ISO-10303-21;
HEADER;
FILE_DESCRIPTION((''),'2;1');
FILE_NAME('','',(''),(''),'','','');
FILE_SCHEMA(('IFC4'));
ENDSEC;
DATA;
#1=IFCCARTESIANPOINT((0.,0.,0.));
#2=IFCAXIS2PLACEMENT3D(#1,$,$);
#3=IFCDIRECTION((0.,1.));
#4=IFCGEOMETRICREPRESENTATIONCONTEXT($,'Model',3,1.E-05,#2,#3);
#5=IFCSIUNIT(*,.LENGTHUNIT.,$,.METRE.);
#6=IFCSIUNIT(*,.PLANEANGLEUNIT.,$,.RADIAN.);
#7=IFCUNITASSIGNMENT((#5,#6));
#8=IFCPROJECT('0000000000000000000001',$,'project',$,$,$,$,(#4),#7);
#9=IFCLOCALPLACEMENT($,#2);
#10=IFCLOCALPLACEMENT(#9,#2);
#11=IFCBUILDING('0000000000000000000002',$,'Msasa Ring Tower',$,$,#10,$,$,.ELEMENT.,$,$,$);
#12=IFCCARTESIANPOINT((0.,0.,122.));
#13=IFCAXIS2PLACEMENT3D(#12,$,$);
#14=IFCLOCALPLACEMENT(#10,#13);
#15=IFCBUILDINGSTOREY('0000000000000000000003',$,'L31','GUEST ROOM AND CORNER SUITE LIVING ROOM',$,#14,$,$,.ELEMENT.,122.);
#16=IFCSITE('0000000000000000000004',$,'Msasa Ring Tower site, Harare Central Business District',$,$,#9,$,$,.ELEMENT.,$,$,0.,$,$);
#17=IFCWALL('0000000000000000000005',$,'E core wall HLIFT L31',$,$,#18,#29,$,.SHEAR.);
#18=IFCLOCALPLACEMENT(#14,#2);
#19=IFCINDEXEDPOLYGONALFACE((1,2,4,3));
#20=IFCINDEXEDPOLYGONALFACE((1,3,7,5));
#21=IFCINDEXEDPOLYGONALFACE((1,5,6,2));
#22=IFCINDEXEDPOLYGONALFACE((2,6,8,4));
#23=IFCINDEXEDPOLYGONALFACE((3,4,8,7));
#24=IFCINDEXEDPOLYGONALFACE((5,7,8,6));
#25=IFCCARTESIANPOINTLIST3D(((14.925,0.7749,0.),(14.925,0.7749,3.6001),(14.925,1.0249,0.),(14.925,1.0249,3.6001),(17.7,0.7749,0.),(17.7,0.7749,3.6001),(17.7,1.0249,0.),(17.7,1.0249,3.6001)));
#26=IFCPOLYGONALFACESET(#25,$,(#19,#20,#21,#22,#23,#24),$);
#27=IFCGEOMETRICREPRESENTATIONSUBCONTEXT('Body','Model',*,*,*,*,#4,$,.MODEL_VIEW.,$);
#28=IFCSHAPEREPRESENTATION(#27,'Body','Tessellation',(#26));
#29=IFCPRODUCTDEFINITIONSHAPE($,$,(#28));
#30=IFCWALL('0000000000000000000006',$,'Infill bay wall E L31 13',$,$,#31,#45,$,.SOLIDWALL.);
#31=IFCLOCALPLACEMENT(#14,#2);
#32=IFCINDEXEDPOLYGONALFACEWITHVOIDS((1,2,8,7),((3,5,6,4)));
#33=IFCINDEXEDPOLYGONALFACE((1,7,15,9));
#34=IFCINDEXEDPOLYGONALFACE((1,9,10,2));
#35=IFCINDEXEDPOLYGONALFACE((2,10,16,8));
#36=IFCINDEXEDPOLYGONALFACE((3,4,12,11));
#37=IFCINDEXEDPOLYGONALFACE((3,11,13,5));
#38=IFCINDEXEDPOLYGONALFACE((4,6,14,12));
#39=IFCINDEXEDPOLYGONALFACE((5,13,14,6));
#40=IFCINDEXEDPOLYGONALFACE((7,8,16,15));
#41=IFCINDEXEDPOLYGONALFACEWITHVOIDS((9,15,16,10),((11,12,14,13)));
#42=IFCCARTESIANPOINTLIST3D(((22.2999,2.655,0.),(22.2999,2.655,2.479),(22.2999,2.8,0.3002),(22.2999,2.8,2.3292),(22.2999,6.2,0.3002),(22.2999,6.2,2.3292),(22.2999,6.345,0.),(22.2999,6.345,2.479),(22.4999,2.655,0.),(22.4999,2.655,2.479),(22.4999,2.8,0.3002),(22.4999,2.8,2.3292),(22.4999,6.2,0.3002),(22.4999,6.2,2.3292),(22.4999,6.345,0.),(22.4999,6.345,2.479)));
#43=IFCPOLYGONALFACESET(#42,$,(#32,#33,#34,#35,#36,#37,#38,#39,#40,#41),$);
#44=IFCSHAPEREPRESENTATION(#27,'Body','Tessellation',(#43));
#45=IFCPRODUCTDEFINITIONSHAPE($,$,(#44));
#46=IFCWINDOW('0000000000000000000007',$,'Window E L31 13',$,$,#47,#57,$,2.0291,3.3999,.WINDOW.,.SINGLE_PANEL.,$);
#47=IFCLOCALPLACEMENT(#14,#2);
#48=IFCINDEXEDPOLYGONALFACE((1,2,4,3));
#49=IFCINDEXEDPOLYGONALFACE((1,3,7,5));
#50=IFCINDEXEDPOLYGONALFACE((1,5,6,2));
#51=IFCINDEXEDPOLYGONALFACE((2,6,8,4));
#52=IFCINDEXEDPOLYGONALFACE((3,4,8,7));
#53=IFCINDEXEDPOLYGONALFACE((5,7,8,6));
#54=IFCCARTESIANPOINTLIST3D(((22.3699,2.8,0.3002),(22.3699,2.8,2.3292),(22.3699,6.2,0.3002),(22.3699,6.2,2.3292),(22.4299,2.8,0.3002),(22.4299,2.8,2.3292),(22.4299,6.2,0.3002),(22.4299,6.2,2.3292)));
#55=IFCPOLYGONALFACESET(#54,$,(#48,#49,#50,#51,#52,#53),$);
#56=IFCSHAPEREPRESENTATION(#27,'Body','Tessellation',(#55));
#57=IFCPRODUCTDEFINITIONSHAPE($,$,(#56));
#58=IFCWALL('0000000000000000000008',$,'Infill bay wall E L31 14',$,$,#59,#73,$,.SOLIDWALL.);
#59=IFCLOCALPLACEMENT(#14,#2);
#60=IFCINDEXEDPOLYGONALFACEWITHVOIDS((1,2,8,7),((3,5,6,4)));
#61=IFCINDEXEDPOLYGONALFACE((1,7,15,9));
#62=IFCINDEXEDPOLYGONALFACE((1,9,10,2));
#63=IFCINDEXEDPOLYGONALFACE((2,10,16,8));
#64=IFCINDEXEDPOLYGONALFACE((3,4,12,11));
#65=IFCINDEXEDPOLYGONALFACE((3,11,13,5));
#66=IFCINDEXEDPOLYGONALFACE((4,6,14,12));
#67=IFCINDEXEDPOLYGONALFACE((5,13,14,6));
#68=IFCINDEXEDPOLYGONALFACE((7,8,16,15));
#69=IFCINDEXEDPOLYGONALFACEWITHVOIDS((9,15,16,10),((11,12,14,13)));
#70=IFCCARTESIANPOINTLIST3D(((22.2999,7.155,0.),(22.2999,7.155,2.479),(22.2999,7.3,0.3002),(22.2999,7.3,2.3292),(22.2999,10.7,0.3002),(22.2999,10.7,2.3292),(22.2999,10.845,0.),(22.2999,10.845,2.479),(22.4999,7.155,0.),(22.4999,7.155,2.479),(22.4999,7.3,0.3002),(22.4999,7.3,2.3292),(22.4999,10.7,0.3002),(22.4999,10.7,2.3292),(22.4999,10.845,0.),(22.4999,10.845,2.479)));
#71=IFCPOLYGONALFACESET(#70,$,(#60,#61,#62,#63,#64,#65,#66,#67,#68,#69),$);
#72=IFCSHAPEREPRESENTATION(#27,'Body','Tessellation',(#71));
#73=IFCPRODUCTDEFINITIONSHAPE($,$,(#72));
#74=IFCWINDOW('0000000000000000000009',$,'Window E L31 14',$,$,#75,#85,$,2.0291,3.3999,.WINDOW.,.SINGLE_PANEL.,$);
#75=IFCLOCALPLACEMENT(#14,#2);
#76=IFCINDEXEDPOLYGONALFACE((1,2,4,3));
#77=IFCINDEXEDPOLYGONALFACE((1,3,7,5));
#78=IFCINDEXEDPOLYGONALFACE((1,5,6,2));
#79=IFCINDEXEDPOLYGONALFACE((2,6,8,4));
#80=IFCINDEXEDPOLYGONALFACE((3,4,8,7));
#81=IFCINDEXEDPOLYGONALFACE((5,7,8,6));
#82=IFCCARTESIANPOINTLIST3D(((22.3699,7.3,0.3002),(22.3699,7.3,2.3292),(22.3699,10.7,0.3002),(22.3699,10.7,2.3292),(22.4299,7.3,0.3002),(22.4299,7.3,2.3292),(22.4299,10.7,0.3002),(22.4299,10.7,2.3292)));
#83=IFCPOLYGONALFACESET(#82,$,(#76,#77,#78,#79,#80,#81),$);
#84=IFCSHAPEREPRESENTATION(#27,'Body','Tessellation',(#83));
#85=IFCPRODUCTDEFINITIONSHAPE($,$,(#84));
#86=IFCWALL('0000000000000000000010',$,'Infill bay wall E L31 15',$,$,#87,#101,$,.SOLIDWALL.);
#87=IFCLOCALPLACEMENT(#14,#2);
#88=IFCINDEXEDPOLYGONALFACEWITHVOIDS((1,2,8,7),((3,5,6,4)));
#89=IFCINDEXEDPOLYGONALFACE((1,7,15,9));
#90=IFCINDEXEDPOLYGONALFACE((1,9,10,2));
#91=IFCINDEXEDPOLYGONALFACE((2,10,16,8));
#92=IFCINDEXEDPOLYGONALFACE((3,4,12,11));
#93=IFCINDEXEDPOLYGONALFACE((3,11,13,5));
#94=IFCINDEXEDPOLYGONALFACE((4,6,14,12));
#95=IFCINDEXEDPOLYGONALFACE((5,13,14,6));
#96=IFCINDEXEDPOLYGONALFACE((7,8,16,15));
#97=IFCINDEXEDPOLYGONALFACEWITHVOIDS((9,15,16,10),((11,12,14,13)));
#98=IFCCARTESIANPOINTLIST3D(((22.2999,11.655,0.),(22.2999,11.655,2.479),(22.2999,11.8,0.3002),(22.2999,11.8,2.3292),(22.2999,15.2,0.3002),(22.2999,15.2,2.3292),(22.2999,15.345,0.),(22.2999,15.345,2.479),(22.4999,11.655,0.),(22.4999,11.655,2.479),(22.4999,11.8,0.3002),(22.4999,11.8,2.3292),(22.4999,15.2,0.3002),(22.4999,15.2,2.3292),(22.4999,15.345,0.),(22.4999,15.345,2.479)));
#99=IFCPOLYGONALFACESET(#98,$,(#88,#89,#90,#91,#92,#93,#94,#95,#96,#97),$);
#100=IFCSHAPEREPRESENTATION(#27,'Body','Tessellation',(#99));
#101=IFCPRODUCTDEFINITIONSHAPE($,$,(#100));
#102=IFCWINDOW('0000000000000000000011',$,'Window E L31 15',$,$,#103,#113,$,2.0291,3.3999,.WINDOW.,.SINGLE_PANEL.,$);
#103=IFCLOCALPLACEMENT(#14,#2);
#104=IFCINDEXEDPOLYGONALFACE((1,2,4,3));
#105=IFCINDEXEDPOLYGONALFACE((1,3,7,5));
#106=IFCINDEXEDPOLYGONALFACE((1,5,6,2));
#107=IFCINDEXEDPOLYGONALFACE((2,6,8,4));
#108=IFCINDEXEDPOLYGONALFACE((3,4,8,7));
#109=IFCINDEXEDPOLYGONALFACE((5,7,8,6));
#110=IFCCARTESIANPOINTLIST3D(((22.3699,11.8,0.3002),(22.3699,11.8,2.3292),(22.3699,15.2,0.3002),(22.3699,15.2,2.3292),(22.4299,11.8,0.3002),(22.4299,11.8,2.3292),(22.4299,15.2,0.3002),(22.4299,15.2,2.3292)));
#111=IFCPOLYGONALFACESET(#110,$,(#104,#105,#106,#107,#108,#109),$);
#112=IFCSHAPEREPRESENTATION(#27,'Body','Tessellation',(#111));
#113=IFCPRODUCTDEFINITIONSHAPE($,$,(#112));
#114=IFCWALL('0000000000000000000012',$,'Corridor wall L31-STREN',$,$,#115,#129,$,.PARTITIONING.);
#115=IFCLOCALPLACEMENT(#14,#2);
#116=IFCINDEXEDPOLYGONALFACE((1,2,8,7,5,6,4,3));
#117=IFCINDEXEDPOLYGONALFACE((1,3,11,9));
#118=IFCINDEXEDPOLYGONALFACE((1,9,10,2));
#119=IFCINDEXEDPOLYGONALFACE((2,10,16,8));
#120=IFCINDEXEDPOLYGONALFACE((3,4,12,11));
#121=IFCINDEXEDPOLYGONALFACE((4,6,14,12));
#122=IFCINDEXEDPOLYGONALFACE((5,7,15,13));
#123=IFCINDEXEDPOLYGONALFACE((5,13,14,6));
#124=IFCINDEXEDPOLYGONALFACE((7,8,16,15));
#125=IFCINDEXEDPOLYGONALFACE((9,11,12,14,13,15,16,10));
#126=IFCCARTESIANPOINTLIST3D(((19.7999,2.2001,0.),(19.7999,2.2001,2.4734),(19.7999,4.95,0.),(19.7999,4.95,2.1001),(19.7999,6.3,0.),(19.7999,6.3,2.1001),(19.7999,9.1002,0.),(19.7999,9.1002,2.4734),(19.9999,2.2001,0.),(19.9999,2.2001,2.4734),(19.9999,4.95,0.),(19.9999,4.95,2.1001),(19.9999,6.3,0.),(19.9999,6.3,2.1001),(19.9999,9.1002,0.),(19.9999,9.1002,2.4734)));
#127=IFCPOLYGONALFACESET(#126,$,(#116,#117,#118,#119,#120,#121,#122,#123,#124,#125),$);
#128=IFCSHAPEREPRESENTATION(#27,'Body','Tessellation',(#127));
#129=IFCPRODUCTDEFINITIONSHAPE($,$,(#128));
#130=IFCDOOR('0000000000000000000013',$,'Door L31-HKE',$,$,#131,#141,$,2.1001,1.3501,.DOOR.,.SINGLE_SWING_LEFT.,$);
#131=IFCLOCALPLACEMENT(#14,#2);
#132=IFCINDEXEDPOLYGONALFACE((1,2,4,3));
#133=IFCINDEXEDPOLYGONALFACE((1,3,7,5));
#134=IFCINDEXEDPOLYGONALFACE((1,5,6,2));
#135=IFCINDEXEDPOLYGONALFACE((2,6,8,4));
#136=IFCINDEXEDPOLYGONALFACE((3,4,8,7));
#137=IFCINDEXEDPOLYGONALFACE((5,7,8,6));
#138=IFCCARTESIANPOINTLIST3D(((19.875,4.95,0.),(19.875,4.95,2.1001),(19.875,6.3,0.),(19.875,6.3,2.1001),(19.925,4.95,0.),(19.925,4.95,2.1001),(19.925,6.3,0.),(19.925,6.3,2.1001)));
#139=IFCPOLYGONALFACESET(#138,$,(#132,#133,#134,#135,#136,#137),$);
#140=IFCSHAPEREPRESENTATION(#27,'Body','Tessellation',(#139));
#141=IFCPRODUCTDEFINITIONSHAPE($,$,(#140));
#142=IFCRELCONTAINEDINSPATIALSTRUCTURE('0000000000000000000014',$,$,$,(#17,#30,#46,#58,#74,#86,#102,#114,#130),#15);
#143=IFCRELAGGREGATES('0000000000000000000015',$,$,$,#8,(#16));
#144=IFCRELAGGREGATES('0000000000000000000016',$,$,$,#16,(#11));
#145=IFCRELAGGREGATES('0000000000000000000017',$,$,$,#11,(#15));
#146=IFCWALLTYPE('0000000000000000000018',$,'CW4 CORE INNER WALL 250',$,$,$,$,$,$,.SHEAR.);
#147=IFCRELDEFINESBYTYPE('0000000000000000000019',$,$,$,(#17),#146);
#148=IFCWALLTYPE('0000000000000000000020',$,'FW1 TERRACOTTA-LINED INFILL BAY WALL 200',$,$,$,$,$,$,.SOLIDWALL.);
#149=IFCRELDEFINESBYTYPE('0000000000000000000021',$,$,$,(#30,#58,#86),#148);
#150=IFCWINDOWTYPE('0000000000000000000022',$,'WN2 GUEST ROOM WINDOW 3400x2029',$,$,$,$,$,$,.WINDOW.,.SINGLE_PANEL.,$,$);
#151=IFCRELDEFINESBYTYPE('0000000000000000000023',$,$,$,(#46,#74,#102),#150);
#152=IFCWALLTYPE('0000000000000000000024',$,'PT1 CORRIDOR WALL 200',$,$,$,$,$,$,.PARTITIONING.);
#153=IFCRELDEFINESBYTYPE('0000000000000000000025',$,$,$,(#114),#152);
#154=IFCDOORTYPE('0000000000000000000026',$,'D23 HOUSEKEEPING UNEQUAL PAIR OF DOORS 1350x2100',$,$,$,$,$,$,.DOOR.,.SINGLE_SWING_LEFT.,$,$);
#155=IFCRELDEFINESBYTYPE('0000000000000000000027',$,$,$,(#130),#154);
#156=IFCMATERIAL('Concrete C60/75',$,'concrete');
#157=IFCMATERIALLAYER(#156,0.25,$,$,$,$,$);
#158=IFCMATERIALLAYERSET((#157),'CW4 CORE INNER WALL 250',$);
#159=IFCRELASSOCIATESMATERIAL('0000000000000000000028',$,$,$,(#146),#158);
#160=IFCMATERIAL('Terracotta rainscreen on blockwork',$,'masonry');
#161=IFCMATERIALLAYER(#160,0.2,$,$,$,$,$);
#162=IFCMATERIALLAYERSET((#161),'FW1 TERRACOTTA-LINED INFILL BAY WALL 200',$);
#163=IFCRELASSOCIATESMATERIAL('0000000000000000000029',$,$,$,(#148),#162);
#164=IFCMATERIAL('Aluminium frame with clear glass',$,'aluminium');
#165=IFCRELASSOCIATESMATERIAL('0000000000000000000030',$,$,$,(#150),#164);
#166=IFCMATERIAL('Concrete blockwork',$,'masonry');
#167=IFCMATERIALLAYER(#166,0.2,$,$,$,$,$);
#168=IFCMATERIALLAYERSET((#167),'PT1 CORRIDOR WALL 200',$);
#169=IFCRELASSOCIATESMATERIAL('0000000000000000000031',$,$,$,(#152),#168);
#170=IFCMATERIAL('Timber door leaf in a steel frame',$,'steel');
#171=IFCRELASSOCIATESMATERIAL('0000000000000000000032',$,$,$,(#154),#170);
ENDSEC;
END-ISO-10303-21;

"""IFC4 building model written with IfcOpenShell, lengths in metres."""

from ifc_helpers import new_model, si_unit, direction, frame, frame_2d, origin, place, context, subcontext, project, spatial, rectangle, extrude, material, layer, layer_set, type_object, element, fill, save


model = new_model("IFC4")

# Units and contexts
model_context = context("Model", 3, precision=1e-05, world=origin(), true_north=direction((0.0, 1.0)))
body_context = subcontext(model_context, "Body", "Model", "MODEL_VIEW")
ifc_project = project(units=[si_unit("LENGTHUNIT", "METRE"), si_unit("PLANEANGLEUNIT", "RADIAN")], contexts=[model_context])

# Site, building, storey
site_placement = place(None, origin())
site = spatial("IfcSite", under=ifc_project, at=site_placement, Name="Msasa Ring Tower site, Harare Central Business District", CompositionType="ELEMENT", RefElevation=0.0)
building_placement = place(site_placement, origin())
building = spatial("IfcBuilding", under=site, at=building_placement, Name="Msasa Ring Tower", CompositionType="ELEMENT")
storey_placement = place(building_placement, frame((0.0, 0.0, 122.0)))
storey = spatial("IfcBuildingStorey", under=building, at=storey_placement, Name="L31", Description="GUEST ROOM AND CORNER SUITE LIVING ROOM", CompositionType="ELEMENT", Elevation=122.0)

# Wall
ifc_material_1 = material(Name="Concrete C60/75", Category="concrete")
ifc_layer_1 = layer(ifc_material_1, 0.25)
ifc_layer_set_1 = layer_set([ifc_layer_1], Name="CW4 CORE INNER WALL 250")
wall_type_1 = type_object("IfcWallType", Name="CW4 CORE INNER WALL 250", PredefinedType="SHEAR", material=ifc_layer_set_1)
wall_1_placement = place(storey_placement, frame((14.925, 0.8999, 0.0), z_axis=(0.0, 0.0, 1.0), x_axis=(1.0, 0.0, 0.0)))
element("IfcWall", 1, at=wall_1_placement, inside=storey, type_object=wall_type_1, Name="E core wall HLIFT L31", PredefinedType="SHEAR", context=body_context, shape_type="SweptSolid", body=[
    extrude(rectangle(XDim=2.7749, YDim=0.25, at=frame_2d((1.3875, 0.0))), origin(), (0.0, 0.0, 1.0), 3.6001),
])

# Walls, openings, windows
ifc_material_2 = material(Name="Terracotta rainscreen on blockwork", Category="masonry")
ifc_layer_2 = layer(ifc_material_2, 0.2)
ifc_layer_set_2 = layer_set([ifc_layer_2], Name="FW1 TERRACOTTA-LINED INFILL BAY WALL 200")
wall_type_2 = type_object("IfcWallType", Name="FW1 TERRACOTTA-LINED INFILL BAY WALL 200", PredefinedType="SOLIDWALL", material=ifc_layer_set_2)
wall_2_placement = place(storey_placement, frame((22.3999, 2.655, 0.0), z_axis=(0.0, 0.0, 1.0), x_axis=(0.0, 1.0, 0.0)))
wall_2 = element("IfcWall", 2, at=wall_2_placement, inside=storey, type_object=wall_type_2, Name="Infill bay wall E L31 13", PredefinedType="SOLIDWALL", context=body_context, shape_type="SweptSolid", body=[
    extrude(rectangle(XDim=3.6899, YDim=0.2, at=frame_2d((1.845, 0.0))), origin(), (0.0, 0.0, 1.0), 2.479),
])
opening_1_placement = place(wall_2_placement, frame((0.145, 0.0, 0.3)))
opening_1 = element("IfcOpeningElement", 3, at=opening_1_placement, cuts=wall_2, PredefinedType="OPENING", context=body_context, shape_type="SweptSolid", body=[
    extrude(rectangle(XDim=3.3999, YDim=2.0291, at=frame_2d((1.7, 1.0146))), frame((0.0, 0.1099, 0.0), z_axis=(0.0, -1.0, 0.0), x_axis=(1.0, 0.0, 0.0)), (0.0, 0.0, 1.0), 0.22),
])
ifc_material_3 = material(Name="Aluminium frame with clear glass", Category="aluminium")
window_type = type_object("IfcWindowType", Name="WN2 GUEST ROOM WINDOW 3400x2029", PartitioningType="SINGLE_PANEL", PredefinedType="WINDOW", material=ifc_material_3)
window_1_placement = place(opening_1_placement, origin())
window_1 = element("IfcWindow", 4, at=window_1_placement, inside=storey, type_object=window_type, Name="Window E L31 13", OverallHeight=2.0291, OverallWidth=3.3999, PartitioningType="SINGLE_PANEL", PredefinedType="WINDOW", context=body_context, shape_type="SweptSolid", body=[
    extrude(rectangle(XDim=3.3999, YDim=2.0291, at=frame_2d((1.7, 1.0146))), frame((0.0, 0.03, 0.0), z_axis=(0.0, -1.0, 0.0), x_axis=(1.0, 0.0, 0.0)), (0.0, 0.0, 1.0), 0.0601),
])
fill(opening_1, window_1)
wall_3_placement = place(storey_placement, frame((22.3999, 7.155, 0.0), z_axis=(0.0, 0.0, 1.0), x_axis=(0.0, 1.0, 0.0)))
wall_3 = element("IfcWall", 5, at=wall_3_placement, inside=storey, type_object=wall_type_2, Name="Infill bay wall E L31 14", PredefinedType="SOLIDWALL", context=body_context, shape_type="SweptSolid", body=[
    extrude(rectangle(XDim=3.6899, YDim=0.2, at=frame_2d((1.845, 0.0))), origin(), (0.0, 0.0, 1.0), 2.479),
])
opening_2_placement = place(wall_3_placement, frame((0.145, 0.0, 0.3)))
opening_2 = element("IfcOpeningElement", 6, at=opening_2_placement, cuts=wall_3, PredefinedType="OPENING", context=body_context, shape_type="SweptSolid", body=[
    extrude(rectangle(XDim=3.3999, YDim=2.0291, at=frame_2d((1.7, 1.0146))), frame((0.0, 0.1099, 0.0), z_axis=(0.0, -1.0, 0.0), x_axis=(1.0, 0.0, 0.0)), (0.0, 0.0, 1.0), 0.22),
])
window_2_placement = place(opening_2_placement, origin())
window_2 = element("IfcWindow", 7, at=window_2_placement, inside=storey, type_object=window_type, Name="Window E L31 14", OverallHeight=2.0291, OverallWidth=3.3999, PartitioningType="SINGLE_PANEL", PredefinedType="WINDOW", context=body_context, shape_type="SweptSolid", body=[
    extrude(rectangle(XDim=3.3999, YDim=2.0291, at=frame_2d((1.7, 1.0146))), frame((0.0, 0.03, 0.0), z_axis=(0.0, -1.0, 0.0), x_axis=(1.0, 0.0, 0.0)), (0.0, 0.0, 1.0), 0.0601),
])
fill(opening_2, window_2)
wall_4_placement = place(storey_placement, frame((22.3999, 11.655, 0.0), z_axis=(0.0, 0.0, 1.0), x_axis=(0.0, 1.0, 0.0)))
wall_4 = element("IfcWall", 8, at=wall_4_placement, inside=storey, type_object=wall_type_2, Name="Infill bay wall E L31 15", PredefinedType="SOLIDWALL", context=body_context, shape_type="SweptSolid", body=[
    extrude(rectangle(XDim=3.6899, YDim=0.2, at=frame_2d((1.845, 0.0))), origin(), (0.0, 0.0, 1.0), 2.479),
])
opening_3_placement = place(wall_4_placement, frame((0.145, 0.0, 0.3)))
opening_3 = element("IfcOpeningElement", 9, at=opening_3_placement, cuts=wall_4, PredefinedType="OPENING", context=body_context, shape_type="SweptSolid", body=[
    extrude(rectangle(XDim=3.3999, YDim=2.0291, at=frame_2d((1.7, 1.0146))), frame((0.0, 0.1099, 0.0), z_axis=(0.0, -1.0, 0.0), x_axis=(1.0, 0.0, 0.0)), (0.0, 0.0, 1.0), 0.22),
])
window_3_placement = place(opening_3_placement, origin())
window_3 = element("IfcWindow", 10, at=window_3_placement, inside=storey, type_object=window_type, Name="Window E L31 15", OverallHeight=2.0291, OverallWidth=3.3999, PartitioningType="SINGLE_PANEL", PredefinedType="WINDOW", context=body_context, shape_type="SweptSolid", body=[
    extrude(rectangle(XDim=3.3999, YDim=2.0291, at=frame_2d((1.7, 1.0146))), frame((0.0, 0.03, 0.0), z_axis=(0.0, -1.0, 0.0), x_axis=(1.0, 0.0, 0.0)), (0.0, 0.0, 1.0), 0.0601),
])
fill(opening_3, window_3)

# Wall, opening, door
ifc_material_4 = material(Name="Concrete blockwork", Category="masonry")
ifc_layer_3 = layer(ifc_material_4, 0.2)
ifc_layer_set_3 = layer_set([ifc_layer_3], Name="PT1 CORRIDOR WALL 200")
wall_type_3 = type_object("IfcWallType", Name="PT1 CORRIDOR WALL 200", PredefinedType="PARTITIONING", material=ifc_layer_set_3)
wall_5_placement = place(storey_placement, frame((19.8999, 2.2, 0.0), z_axis=(0.0, 0.0, 1.0), x_axis=(0.0, 1.0, 0.0)))
wall_5 = element("IfcWall", 11, at=wall_5_placement, inside=storey, type_object=wall_type_3, Name="Corridor wall L31-STREN", PredefinedType="PARTITIONING", context=body_context, shape_type="SweptSolid", body=[
    extrude(rectangle(XDim=6.9001, YDim=0.2, at=frame_2d((3.4502, 0.0))), origin(), (0.0, 0.0, 1.0), 2.4734),
])
opening_4_placement = place(wall_5_placement, frame((2.75, 0.0, 0.0)))
opening_4 = element("IfcOpeningElement", 12, at=opening_4_placement, cuts=wall_5, PredefinedType="OPENING", context=body_context, shape_type="SweptSolid", body=[
    extrude(rectangle(XDim=1.3501, YDim=2.1001, at=frame_2d((0.675, 1.05))), frame((0.0, 0.1099, 0.0), z_axis=(0.0, -1.0, 0.0), x_axis=(1.0, 0.0, 0.0)), (0.0, 0.0, 1.0), 0.22),
])
ifc_material_5 = material(Name="Timber door leaf in a steel frame", Category="steel")
door_type_1 = type_object("IfcDoorType", Name="D23 HOUSEKEEPING UNEQUAL PAIR OF DOORS 1350x2100", OperationType="SINGLE_SWING_LEFT", PredefinedType="DOOR", material=ifc_material_5)
door_1_placement = place(opening_4_placement, origin())
door_1 = element("IfcDoor", 13, at=door_1_placement, inside=storey, type_object=door_type_1, Name="Door L31-HKE", OperationType="SINGLE_SWING_LEFT", OverallHeight=2.1001, OverallWidth=1.3501, PredefinedType="DOOR", context=body_context, shape_type="SweptSolid", body=[
    extrude(rectangle(XDim=1.3501, YDim=2.1001, at=frame_2d((0.675, 1.05))), frame((0.0, 0.0249, 0.0), z_axis=(0.0, -1.0, 0.0), x_axis=(1.0, 0.0, 0.0)), (0.0, 0.0, 1.0), 0.05),
])
fill(opening_4, door_1)

save(model, "model.ifc")
